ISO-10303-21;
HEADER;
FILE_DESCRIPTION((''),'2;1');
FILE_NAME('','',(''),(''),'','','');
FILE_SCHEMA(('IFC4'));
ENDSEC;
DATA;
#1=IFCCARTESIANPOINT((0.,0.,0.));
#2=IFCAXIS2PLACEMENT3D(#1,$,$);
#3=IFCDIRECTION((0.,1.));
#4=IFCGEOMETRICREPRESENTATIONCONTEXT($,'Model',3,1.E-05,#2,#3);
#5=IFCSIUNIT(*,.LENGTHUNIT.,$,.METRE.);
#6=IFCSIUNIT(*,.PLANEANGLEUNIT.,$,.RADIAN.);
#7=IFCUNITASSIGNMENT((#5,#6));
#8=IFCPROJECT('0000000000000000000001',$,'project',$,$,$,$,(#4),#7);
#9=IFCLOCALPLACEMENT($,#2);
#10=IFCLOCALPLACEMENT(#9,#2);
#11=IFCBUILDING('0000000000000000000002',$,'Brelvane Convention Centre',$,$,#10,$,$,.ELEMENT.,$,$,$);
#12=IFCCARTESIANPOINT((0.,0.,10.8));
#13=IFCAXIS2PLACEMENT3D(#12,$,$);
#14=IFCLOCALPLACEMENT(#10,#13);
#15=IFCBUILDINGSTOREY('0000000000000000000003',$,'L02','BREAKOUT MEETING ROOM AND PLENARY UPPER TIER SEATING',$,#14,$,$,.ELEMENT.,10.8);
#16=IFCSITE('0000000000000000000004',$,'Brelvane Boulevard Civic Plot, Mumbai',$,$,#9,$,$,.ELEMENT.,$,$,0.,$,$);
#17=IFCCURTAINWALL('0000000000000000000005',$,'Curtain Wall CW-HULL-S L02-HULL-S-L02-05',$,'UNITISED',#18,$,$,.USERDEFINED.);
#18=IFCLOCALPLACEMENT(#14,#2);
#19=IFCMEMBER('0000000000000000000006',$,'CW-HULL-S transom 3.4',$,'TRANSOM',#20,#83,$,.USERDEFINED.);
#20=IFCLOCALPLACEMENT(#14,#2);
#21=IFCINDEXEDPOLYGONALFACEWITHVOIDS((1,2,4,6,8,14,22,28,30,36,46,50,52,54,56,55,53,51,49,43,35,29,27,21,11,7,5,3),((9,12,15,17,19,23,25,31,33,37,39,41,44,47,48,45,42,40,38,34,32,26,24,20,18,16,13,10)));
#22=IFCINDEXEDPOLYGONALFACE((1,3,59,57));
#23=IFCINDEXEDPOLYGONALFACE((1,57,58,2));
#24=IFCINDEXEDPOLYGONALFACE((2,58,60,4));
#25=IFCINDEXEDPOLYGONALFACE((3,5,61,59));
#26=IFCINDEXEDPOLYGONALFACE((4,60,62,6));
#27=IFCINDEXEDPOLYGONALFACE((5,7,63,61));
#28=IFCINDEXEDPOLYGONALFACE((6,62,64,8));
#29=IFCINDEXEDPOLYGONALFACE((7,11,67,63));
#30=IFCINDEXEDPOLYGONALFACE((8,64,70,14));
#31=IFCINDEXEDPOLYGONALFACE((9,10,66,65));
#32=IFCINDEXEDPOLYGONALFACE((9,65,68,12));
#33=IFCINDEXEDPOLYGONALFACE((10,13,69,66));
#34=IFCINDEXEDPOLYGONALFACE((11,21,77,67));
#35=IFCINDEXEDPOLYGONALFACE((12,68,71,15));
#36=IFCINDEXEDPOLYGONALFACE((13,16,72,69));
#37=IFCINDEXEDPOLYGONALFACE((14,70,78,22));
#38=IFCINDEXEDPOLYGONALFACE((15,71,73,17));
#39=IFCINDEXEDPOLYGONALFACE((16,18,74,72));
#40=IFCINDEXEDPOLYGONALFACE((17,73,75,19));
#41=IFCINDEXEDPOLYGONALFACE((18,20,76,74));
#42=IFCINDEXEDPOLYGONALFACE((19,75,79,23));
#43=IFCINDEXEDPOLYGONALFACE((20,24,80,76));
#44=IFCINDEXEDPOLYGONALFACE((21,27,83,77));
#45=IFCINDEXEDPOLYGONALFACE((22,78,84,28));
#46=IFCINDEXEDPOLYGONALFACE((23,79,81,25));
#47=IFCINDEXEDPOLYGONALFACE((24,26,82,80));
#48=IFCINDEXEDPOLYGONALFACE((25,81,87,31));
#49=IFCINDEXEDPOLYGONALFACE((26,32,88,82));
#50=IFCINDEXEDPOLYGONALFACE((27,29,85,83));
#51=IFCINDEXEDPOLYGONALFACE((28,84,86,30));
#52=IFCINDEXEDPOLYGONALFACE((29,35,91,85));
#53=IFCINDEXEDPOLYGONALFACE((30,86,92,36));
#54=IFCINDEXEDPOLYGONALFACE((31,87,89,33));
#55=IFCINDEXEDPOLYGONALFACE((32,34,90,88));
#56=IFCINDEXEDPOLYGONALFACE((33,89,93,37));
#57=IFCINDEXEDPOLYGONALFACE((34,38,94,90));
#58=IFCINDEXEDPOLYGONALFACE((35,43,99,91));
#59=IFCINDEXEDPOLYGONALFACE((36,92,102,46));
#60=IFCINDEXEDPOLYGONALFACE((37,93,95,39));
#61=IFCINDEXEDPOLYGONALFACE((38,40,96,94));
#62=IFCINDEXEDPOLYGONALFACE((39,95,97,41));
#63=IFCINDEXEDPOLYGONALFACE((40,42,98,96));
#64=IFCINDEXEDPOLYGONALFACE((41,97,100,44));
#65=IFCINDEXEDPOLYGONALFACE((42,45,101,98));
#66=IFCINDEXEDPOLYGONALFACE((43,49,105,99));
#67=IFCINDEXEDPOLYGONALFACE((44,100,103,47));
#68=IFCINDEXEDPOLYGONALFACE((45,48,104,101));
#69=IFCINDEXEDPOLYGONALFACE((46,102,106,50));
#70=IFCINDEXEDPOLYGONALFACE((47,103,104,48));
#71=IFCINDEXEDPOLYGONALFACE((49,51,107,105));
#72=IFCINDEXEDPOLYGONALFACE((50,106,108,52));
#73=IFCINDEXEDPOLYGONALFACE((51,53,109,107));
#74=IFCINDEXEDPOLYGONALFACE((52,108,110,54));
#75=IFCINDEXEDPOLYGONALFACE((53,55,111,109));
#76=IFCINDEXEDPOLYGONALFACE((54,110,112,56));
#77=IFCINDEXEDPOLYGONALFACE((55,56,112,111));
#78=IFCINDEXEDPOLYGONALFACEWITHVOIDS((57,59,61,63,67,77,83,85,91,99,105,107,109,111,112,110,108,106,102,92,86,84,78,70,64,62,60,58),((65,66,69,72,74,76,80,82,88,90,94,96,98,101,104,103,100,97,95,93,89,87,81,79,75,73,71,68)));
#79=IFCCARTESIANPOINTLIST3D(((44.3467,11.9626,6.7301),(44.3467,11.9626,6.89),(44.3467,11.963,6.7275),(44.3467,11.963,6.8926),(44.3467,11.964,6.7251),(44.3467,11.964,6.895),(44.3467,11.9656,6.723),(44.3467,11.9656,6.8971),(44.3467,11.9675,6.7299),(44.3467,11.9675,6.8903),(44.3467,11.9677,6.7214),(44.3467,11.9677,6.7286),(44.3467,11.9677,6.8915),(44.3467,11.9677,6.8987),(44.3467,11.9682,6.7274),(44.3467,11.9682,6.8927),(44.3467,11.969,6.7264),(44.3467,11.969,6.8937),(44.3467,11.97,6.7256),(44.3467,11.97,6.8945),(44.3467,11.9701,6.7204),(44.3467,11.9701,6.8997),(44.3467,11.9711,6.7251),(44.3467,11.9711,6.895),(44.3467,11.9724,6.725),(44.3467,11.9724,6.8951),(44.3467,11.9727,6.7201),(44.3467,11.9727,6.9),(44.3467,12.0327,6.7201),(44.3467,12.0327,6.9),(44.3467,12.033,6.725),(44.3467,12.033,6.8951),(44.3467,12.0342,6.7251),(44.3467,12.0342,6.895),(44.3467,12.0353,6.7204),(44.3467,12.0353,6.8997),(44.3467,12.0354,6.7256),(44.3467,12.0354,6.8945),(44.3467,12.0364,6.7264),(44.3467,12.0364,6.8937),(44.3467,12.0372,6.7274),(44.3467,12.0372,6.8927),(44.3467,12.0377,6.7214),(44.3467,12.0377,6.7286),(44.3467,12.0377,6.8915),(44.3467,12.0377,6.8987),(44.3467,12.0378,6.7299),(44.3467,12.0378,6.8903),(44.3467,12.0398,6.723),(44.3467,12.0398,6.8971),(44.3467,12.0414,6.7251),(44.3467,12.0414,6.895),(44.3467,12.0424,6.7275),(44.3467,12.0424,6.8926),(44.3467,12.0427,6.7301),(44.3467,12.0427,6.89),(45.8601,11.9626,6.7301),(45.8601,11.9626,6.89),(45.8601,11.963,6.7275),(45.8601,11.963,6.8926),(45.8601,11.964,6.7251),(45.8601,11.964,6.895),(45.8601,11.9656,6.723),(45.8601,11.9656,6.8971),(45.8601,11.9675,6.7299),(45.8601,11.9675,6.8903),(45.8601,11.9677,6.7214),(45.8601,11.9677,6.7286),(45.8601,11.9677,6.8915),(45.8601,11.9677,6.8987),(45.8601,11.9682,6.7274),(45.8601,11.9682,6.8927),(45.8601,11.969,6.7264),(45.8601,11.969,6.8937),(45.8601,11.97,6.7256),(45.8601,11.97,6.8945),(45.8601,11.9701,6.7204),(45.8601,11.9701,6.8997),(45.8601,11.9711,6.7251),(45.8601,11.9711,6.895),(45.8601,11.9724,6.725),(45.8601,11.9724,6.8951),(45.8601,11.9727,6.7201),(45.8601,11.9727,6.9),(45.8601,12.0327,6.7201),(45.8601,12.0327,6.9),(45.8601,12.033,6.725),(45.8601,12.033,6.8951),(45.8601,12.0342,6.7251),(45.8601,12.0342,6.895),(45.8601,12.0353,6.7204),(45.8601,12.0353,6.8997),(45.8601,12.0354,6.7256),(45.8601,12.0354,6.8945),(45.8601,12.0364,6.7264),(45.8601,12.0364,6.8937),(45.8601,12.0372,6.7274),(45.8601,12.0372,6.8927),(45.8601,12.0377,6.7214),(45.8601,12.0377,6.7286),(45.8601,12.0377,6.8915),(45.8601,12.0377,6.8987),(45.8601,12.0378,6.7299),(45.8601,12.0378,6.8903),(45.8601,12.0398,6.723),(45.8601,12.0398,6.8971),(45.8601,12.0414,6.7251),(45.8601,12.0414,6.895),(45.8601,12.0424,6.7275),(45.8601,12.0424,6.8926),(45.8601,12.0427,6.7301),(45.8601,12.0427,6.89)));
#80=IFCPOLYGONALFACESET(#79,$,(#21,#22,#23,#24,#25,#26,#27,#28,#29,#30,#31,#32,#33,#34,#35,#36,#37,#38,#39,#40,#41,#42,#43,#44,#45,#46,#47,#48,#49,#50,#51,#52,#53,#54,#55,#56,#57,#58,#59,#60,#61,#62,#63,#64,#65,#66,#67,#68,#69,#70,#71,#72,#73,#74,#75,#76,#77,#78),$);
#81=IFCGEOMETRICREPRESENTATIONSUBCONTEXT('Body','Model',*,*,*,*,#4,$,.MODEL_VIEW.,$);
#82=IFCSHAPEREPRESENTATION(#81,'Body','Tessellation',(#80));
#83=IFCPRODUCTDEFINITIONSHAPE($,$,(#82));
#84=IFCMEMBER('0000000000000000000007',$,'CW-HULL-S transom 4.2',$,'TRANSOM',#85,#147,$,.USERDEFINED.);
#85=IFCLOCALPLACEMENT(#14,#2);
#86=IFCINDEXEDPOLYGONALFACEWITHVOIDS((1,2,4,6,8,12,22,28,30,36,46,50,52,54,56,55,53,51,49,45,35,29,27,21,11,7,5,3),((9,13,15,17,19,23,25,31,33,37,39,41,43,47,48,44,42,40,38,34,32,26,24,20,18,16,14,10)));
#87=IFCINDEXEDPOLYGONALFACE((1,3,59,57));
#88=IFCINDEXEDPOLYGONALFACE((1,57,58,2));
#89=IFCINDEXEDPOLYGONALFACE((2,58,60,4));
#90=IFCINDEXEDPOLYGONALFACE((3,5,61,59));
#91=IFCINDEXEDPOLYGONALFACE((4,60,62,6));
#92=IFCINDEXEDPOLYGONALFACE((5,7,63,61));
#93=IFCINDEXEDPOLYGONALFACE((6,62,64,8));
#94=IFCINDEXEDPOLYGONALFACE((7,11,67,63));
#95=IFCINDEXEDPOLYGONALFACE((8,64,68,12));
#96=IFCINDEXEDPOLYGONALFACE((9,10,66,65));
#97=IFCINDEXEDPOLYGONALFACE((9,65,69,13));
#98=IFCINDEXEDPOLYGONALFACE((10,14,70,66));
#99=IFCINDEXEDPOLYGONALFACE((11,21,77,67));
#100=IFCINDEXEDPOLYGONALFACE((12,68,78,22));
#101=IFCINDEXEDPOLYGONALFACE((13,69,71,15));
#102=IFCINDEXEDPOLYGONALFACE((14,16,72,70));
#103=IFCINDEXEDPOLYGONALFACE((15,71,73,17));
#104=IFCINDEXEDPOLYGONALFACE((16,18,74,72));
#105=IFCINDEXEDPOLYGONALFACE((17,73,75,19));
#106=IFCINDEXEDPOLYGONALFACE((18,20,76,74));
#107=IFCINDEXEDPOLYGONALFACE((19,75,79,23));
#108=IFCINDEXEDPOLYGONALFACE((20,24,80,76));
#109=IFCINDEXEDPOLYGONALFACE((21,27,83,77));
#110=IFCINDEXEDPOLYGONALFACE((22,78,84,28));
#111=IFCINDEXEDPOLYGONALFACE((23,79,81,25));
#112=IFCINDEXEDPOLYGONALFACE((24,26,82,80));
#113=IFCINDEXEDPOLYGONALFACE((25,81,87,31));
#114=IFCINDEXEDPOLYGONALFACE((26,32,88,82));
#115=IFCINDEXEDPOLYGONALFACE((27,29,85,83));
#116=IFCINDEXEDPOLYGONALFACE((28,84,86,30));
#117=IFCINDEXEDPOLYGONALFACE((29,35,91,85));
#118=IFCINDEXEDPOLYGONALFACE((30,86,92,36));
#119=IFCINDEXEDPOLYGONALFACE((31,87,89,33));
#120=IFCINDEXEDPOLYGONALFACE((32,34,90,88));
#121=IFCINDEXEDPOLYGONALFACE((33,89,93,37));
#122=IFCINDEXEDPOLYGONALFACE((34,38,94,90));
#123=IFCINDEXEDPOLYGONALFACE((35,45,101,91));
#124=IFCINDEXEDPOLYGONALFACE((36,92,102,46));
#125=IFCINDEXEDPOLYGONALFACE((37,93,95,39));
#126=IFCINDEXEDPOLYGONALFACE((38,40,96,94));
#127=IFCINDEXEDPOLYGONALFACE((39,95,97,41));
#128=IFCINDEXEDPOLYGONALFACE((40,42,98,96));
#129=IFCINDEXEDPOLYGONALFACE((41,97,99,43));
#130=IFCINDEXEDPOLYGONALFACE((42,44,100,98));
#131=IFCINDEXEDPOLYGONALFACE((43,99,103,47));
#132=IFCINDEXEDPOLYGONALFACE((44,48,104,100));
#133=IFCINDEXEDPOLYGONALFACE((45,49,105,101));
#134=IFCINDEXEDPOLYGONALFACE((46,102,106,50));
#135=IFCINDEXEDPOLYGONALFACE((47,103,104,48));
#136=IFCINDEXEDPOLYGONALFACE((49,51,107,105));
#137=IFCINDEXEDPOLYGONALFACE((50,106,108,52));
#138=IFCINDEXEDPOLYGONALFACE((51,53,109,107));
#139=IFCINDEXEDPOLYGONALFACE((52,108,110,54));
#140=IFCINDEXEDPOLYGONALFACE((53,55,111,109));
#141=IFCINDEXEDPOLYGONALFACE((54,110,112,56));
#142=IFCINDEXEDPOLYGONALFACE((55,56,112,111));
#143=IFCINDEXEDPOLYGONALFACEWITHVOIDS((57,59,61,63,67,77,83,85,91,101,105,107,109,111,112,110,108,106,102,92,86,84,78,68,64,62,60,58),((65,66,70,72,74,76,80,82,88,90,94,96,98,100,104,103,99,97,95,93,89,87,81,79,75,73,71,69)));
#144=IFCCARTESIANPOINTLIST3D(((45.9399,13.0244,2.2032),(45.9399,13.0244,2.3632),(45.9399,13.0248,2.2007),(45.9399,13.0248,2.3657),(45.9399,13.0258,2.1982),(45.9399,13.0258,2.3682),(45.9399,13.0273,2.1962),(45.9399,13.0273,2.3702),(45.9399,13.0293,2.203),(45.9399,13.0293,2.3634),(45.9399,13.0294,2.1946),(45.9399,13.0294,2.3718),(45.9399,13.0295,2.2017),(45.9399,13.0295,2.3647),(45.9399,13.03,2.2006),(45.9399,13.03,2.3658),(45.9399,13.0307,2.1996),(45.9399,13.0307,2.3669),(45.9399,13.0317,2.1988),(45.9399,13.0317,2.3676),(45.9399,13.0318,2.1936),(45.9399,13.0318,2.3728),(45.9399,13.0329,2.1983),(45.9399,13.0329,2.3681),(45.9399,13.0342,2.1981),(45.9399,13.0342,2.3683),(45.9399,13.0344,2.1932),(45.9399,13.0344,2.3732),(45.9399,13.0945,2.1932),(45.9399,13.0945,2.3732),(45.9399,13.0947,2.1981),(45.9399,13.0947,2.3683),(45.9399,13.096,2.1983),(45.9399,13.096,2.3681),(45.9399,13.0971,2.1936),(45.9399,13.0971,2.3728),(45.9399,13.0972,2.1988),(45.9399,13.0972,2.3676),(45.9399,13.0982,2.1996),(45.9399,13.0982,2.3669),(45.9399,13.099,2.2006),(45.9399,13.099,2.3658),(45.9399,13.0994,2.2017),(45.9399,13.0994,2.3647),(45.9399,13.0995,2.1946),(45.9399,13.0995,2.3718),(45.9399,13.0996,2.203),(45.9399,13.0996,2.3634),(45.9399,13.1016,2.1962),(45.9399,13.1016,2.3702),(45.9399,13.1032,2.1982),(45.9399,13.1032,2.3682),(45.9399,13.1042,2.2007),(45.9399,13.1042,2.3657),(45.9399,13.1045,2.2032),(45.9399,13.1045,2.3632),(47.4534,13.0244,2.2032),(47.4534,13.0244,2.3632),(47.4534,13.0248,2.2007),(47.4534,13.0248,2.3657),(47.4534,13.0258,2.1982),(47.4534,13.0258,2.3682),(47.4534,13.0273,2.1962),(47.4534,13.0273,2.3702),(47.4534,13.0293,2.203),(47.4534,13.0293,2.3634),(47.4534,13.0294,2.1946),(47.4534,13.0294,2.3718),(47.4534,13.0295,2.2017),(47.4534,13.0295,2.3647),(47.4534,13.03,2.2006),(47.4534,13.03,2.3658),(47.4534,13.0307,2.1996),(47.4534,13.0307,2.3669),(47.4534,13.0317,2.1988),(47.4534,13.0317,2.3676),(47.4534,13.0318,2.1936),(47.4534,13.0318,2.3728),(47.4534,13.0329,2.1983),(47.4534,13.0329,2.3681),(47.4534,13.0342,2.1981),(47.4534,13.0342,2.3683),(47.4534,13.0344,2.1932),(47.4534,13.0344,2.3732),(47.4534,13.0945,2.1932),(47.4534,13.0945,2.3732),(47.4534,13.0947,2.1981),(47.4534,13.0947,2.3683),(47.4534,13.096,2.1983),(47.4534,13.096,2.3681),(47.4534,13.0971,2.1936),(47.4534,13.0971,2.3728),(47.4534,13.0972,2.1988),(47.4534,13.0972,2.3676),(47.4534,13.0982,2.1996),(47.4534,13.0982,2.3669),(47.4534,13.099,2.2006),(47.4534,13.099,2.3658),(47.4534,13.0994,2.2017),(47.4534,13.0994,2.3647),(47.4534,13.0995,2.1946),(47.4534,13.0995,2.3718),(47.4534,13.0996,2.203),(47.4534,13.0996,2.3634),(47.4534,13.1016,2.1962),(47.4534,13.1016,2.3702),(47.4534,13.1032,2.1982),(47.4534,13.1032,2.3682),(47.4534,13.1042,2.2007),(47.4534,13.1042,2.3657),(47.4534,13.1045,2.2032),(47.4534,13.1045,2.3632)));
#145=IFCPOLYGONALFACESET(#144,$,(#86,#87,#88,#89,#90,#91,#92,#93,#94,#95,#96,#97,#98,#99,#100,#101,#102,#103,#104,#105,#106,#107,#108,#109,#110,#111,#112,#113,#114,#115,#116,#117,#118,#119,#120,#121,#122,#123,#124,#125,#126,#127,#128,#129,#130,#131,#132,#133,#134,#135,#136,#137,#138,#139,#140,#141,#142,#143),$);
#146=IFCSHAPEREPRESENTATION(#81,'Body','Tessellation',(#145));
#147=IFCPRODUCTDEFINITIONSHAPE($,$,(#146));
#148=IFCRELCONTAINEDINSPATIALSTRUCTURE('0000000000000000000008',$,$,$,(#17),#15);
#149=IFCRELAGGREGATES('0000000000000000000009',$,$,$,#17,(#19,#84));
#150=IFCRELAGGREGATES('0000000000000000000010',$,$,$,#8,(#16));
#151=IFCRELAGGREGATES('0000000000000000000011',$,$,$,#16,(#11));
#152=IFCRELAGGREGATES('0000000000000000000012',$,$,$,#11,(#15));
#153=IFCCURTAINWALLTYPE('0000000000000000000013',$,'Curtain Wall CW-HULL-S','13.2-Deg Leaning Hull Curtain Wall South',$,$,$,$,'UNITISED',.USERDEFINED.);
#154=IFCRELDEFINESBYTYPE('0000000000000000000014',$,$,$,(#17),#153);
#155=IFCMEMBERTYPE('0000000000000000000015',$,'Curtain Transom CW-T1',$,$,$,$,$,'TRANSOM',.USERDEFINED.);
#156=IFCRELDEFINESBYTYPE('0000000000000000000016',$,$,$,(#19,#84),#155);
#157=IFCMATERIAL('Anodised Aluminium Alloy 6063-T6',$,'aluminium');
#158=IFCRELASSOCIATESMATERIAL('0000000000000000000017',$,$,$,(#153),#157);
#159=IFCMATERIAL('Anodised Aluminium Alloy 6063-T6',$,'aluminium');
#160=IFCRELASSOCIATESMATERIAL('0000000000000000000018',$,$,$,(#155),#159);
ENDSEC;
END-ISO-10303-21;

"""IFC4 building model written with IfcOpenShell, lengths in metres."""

from ifc_helpers import new_model, si_unit, direction, frame, origin, origin_2d, place, context, subcontext, project, spatial, hollow_rectangle, extrude, material, material_profile, profile_set, type_object, element, aggregate, save


model = new_model("IFC4")

# Units and contexts
model_context = context("Model", 3, precision=1e-05, world=origin(), true_north=direction((0.0, 1.0)))
body_context = subcontext(model_context, "Body", "Model", "MODEL_VIEW")
ifc_project = project(units=[si_unit("LENGTHUNIT", "METRE"), si_unit("PLANEANGLEUNIT", "RADIAN")], contexts=[model_context])

# Site, building, storey
site_placement = place(None, origin())
site = spatial("IfcSite", under=ifc_project, at=site_placement, Name="Brelvane Boulevard Civic Plot, Mumbai", CompositionType="ELEMENT", RefElevation=0.0)
building_placement = place(site_placement, origin())
building = spatial("IfcBuilding", under=site, at=building_placement, Name="Brelvane Convention Centre", CompositionType="ELEMENT")
storey_placement = place(building_placement, frame((0.0, 0.0, 10.8)))
storey = spatial("IfcBuildingStorey", under=building, at=storey_placement, Name="L02", Description="BREAKOUT MEETING ROOM AND PLENARY UPPER TIER SEATING", CompositionType="ELEMENT", Elevation=10.8)

# Curtain wall, members
ifc_material_1 = material(Name="Anodised Aluminium Alloy 6063-T6", Category="aluminium")
curtain_wall_type = type_object("IfcCurtainWallType", Name="Curtain Wall CW-HULL-S", Description="13.2-Deg Leaning Hull Curtain Wall South", ElementType="UNITISED", PredefinedType="USERDEFINED", material=ifc_material_1)
curtain_wall_placement = place(storey_placement, origin())
curtain_wall = element("IfcCurtainWall", 1, at=curtain_wall_placement, inside=storey, type_object=curtain_wall_type, Name="Curtain Wall CW-HULL-S L02-HULL-S-L02-05", ObjectType="UNITISED", PredefinedType="USERDEFINED")
ifc_material_2 = material(Name="Anodised Aluminium Alloy 6063-T6", Category="aluminium")
ifc_material_profile = material_profile(ifc_material_2, hollow_rectangle(XDim=0.0801, YDim=0.1799, WallThickness=0.0049, InnerFilletRadius=0.0049, OuterFilletRadius=0.01, at=origin_2d()), Name="ALU-T 180x80x5.0")
ifc_profile_set = profile_set([ifc_material_profile], Name="Anodised Aluminium Alloy 6063-T6")
member_type = type_object("IfcMemberType", Name="Curtain Transom CW-T1", ElementType="TRANSOM", PredefinedType="USERDEFINED", material=ifc_profile_set)
member_1_placement = place(storey_placement, frame((44.3467, 12.0027, 6.8101), z_axis=(1.0, 0.0, 0.0), x_axis=(0.0, 1.0, 0.0)))
member_1 = element("IfcMember", 2, at=member_1_placement, type_object=member_type, Name="CW-HULL-S transom 3.4", ObjectType="TRANSOM", PredefinedType="USERDEFINED", context=body_context, shape_type="SweptSolid", body=[
    extrude(hollow_rectangle(XDim=0.0801, YDim=0.1799, WallThickness=0.0049, InnerFilletRadius=0.0049, OuterFilletRadius=0.01, at=origin_2d()), origin(), (0.0, 0.0, 1.0), 1.5134),
])
member_2_placement = place(storey_placement, frame((45.9399, 13.0645, 2.2832), z_axis=(1.0, 0.0, 0.0), x_axis=(0.0, 1.0, 0.0)))
member_2 = element("IfcMember", 3, at=member_2_placement, type_object=member_type, Name="CW-HULL-S transom 4.2", ObjectType="TRANSOM", PredefinedType="USERDEFINED", context=body_context, shape_type="SweptSolid", body=[
    extrude(hollow_rectangle(XDim=0.0801, YDim=0.1799, WallThickness=0.0049, InnerFilletRadius=0.0049, OuterFilletRadius=0.01, at=origin_2d()), origin(), (0.0, 0.0, 1.0), 1.5134),
])
aggregate(curtain_wall, [member_1, member_2])

save(model, "model.ifc")
